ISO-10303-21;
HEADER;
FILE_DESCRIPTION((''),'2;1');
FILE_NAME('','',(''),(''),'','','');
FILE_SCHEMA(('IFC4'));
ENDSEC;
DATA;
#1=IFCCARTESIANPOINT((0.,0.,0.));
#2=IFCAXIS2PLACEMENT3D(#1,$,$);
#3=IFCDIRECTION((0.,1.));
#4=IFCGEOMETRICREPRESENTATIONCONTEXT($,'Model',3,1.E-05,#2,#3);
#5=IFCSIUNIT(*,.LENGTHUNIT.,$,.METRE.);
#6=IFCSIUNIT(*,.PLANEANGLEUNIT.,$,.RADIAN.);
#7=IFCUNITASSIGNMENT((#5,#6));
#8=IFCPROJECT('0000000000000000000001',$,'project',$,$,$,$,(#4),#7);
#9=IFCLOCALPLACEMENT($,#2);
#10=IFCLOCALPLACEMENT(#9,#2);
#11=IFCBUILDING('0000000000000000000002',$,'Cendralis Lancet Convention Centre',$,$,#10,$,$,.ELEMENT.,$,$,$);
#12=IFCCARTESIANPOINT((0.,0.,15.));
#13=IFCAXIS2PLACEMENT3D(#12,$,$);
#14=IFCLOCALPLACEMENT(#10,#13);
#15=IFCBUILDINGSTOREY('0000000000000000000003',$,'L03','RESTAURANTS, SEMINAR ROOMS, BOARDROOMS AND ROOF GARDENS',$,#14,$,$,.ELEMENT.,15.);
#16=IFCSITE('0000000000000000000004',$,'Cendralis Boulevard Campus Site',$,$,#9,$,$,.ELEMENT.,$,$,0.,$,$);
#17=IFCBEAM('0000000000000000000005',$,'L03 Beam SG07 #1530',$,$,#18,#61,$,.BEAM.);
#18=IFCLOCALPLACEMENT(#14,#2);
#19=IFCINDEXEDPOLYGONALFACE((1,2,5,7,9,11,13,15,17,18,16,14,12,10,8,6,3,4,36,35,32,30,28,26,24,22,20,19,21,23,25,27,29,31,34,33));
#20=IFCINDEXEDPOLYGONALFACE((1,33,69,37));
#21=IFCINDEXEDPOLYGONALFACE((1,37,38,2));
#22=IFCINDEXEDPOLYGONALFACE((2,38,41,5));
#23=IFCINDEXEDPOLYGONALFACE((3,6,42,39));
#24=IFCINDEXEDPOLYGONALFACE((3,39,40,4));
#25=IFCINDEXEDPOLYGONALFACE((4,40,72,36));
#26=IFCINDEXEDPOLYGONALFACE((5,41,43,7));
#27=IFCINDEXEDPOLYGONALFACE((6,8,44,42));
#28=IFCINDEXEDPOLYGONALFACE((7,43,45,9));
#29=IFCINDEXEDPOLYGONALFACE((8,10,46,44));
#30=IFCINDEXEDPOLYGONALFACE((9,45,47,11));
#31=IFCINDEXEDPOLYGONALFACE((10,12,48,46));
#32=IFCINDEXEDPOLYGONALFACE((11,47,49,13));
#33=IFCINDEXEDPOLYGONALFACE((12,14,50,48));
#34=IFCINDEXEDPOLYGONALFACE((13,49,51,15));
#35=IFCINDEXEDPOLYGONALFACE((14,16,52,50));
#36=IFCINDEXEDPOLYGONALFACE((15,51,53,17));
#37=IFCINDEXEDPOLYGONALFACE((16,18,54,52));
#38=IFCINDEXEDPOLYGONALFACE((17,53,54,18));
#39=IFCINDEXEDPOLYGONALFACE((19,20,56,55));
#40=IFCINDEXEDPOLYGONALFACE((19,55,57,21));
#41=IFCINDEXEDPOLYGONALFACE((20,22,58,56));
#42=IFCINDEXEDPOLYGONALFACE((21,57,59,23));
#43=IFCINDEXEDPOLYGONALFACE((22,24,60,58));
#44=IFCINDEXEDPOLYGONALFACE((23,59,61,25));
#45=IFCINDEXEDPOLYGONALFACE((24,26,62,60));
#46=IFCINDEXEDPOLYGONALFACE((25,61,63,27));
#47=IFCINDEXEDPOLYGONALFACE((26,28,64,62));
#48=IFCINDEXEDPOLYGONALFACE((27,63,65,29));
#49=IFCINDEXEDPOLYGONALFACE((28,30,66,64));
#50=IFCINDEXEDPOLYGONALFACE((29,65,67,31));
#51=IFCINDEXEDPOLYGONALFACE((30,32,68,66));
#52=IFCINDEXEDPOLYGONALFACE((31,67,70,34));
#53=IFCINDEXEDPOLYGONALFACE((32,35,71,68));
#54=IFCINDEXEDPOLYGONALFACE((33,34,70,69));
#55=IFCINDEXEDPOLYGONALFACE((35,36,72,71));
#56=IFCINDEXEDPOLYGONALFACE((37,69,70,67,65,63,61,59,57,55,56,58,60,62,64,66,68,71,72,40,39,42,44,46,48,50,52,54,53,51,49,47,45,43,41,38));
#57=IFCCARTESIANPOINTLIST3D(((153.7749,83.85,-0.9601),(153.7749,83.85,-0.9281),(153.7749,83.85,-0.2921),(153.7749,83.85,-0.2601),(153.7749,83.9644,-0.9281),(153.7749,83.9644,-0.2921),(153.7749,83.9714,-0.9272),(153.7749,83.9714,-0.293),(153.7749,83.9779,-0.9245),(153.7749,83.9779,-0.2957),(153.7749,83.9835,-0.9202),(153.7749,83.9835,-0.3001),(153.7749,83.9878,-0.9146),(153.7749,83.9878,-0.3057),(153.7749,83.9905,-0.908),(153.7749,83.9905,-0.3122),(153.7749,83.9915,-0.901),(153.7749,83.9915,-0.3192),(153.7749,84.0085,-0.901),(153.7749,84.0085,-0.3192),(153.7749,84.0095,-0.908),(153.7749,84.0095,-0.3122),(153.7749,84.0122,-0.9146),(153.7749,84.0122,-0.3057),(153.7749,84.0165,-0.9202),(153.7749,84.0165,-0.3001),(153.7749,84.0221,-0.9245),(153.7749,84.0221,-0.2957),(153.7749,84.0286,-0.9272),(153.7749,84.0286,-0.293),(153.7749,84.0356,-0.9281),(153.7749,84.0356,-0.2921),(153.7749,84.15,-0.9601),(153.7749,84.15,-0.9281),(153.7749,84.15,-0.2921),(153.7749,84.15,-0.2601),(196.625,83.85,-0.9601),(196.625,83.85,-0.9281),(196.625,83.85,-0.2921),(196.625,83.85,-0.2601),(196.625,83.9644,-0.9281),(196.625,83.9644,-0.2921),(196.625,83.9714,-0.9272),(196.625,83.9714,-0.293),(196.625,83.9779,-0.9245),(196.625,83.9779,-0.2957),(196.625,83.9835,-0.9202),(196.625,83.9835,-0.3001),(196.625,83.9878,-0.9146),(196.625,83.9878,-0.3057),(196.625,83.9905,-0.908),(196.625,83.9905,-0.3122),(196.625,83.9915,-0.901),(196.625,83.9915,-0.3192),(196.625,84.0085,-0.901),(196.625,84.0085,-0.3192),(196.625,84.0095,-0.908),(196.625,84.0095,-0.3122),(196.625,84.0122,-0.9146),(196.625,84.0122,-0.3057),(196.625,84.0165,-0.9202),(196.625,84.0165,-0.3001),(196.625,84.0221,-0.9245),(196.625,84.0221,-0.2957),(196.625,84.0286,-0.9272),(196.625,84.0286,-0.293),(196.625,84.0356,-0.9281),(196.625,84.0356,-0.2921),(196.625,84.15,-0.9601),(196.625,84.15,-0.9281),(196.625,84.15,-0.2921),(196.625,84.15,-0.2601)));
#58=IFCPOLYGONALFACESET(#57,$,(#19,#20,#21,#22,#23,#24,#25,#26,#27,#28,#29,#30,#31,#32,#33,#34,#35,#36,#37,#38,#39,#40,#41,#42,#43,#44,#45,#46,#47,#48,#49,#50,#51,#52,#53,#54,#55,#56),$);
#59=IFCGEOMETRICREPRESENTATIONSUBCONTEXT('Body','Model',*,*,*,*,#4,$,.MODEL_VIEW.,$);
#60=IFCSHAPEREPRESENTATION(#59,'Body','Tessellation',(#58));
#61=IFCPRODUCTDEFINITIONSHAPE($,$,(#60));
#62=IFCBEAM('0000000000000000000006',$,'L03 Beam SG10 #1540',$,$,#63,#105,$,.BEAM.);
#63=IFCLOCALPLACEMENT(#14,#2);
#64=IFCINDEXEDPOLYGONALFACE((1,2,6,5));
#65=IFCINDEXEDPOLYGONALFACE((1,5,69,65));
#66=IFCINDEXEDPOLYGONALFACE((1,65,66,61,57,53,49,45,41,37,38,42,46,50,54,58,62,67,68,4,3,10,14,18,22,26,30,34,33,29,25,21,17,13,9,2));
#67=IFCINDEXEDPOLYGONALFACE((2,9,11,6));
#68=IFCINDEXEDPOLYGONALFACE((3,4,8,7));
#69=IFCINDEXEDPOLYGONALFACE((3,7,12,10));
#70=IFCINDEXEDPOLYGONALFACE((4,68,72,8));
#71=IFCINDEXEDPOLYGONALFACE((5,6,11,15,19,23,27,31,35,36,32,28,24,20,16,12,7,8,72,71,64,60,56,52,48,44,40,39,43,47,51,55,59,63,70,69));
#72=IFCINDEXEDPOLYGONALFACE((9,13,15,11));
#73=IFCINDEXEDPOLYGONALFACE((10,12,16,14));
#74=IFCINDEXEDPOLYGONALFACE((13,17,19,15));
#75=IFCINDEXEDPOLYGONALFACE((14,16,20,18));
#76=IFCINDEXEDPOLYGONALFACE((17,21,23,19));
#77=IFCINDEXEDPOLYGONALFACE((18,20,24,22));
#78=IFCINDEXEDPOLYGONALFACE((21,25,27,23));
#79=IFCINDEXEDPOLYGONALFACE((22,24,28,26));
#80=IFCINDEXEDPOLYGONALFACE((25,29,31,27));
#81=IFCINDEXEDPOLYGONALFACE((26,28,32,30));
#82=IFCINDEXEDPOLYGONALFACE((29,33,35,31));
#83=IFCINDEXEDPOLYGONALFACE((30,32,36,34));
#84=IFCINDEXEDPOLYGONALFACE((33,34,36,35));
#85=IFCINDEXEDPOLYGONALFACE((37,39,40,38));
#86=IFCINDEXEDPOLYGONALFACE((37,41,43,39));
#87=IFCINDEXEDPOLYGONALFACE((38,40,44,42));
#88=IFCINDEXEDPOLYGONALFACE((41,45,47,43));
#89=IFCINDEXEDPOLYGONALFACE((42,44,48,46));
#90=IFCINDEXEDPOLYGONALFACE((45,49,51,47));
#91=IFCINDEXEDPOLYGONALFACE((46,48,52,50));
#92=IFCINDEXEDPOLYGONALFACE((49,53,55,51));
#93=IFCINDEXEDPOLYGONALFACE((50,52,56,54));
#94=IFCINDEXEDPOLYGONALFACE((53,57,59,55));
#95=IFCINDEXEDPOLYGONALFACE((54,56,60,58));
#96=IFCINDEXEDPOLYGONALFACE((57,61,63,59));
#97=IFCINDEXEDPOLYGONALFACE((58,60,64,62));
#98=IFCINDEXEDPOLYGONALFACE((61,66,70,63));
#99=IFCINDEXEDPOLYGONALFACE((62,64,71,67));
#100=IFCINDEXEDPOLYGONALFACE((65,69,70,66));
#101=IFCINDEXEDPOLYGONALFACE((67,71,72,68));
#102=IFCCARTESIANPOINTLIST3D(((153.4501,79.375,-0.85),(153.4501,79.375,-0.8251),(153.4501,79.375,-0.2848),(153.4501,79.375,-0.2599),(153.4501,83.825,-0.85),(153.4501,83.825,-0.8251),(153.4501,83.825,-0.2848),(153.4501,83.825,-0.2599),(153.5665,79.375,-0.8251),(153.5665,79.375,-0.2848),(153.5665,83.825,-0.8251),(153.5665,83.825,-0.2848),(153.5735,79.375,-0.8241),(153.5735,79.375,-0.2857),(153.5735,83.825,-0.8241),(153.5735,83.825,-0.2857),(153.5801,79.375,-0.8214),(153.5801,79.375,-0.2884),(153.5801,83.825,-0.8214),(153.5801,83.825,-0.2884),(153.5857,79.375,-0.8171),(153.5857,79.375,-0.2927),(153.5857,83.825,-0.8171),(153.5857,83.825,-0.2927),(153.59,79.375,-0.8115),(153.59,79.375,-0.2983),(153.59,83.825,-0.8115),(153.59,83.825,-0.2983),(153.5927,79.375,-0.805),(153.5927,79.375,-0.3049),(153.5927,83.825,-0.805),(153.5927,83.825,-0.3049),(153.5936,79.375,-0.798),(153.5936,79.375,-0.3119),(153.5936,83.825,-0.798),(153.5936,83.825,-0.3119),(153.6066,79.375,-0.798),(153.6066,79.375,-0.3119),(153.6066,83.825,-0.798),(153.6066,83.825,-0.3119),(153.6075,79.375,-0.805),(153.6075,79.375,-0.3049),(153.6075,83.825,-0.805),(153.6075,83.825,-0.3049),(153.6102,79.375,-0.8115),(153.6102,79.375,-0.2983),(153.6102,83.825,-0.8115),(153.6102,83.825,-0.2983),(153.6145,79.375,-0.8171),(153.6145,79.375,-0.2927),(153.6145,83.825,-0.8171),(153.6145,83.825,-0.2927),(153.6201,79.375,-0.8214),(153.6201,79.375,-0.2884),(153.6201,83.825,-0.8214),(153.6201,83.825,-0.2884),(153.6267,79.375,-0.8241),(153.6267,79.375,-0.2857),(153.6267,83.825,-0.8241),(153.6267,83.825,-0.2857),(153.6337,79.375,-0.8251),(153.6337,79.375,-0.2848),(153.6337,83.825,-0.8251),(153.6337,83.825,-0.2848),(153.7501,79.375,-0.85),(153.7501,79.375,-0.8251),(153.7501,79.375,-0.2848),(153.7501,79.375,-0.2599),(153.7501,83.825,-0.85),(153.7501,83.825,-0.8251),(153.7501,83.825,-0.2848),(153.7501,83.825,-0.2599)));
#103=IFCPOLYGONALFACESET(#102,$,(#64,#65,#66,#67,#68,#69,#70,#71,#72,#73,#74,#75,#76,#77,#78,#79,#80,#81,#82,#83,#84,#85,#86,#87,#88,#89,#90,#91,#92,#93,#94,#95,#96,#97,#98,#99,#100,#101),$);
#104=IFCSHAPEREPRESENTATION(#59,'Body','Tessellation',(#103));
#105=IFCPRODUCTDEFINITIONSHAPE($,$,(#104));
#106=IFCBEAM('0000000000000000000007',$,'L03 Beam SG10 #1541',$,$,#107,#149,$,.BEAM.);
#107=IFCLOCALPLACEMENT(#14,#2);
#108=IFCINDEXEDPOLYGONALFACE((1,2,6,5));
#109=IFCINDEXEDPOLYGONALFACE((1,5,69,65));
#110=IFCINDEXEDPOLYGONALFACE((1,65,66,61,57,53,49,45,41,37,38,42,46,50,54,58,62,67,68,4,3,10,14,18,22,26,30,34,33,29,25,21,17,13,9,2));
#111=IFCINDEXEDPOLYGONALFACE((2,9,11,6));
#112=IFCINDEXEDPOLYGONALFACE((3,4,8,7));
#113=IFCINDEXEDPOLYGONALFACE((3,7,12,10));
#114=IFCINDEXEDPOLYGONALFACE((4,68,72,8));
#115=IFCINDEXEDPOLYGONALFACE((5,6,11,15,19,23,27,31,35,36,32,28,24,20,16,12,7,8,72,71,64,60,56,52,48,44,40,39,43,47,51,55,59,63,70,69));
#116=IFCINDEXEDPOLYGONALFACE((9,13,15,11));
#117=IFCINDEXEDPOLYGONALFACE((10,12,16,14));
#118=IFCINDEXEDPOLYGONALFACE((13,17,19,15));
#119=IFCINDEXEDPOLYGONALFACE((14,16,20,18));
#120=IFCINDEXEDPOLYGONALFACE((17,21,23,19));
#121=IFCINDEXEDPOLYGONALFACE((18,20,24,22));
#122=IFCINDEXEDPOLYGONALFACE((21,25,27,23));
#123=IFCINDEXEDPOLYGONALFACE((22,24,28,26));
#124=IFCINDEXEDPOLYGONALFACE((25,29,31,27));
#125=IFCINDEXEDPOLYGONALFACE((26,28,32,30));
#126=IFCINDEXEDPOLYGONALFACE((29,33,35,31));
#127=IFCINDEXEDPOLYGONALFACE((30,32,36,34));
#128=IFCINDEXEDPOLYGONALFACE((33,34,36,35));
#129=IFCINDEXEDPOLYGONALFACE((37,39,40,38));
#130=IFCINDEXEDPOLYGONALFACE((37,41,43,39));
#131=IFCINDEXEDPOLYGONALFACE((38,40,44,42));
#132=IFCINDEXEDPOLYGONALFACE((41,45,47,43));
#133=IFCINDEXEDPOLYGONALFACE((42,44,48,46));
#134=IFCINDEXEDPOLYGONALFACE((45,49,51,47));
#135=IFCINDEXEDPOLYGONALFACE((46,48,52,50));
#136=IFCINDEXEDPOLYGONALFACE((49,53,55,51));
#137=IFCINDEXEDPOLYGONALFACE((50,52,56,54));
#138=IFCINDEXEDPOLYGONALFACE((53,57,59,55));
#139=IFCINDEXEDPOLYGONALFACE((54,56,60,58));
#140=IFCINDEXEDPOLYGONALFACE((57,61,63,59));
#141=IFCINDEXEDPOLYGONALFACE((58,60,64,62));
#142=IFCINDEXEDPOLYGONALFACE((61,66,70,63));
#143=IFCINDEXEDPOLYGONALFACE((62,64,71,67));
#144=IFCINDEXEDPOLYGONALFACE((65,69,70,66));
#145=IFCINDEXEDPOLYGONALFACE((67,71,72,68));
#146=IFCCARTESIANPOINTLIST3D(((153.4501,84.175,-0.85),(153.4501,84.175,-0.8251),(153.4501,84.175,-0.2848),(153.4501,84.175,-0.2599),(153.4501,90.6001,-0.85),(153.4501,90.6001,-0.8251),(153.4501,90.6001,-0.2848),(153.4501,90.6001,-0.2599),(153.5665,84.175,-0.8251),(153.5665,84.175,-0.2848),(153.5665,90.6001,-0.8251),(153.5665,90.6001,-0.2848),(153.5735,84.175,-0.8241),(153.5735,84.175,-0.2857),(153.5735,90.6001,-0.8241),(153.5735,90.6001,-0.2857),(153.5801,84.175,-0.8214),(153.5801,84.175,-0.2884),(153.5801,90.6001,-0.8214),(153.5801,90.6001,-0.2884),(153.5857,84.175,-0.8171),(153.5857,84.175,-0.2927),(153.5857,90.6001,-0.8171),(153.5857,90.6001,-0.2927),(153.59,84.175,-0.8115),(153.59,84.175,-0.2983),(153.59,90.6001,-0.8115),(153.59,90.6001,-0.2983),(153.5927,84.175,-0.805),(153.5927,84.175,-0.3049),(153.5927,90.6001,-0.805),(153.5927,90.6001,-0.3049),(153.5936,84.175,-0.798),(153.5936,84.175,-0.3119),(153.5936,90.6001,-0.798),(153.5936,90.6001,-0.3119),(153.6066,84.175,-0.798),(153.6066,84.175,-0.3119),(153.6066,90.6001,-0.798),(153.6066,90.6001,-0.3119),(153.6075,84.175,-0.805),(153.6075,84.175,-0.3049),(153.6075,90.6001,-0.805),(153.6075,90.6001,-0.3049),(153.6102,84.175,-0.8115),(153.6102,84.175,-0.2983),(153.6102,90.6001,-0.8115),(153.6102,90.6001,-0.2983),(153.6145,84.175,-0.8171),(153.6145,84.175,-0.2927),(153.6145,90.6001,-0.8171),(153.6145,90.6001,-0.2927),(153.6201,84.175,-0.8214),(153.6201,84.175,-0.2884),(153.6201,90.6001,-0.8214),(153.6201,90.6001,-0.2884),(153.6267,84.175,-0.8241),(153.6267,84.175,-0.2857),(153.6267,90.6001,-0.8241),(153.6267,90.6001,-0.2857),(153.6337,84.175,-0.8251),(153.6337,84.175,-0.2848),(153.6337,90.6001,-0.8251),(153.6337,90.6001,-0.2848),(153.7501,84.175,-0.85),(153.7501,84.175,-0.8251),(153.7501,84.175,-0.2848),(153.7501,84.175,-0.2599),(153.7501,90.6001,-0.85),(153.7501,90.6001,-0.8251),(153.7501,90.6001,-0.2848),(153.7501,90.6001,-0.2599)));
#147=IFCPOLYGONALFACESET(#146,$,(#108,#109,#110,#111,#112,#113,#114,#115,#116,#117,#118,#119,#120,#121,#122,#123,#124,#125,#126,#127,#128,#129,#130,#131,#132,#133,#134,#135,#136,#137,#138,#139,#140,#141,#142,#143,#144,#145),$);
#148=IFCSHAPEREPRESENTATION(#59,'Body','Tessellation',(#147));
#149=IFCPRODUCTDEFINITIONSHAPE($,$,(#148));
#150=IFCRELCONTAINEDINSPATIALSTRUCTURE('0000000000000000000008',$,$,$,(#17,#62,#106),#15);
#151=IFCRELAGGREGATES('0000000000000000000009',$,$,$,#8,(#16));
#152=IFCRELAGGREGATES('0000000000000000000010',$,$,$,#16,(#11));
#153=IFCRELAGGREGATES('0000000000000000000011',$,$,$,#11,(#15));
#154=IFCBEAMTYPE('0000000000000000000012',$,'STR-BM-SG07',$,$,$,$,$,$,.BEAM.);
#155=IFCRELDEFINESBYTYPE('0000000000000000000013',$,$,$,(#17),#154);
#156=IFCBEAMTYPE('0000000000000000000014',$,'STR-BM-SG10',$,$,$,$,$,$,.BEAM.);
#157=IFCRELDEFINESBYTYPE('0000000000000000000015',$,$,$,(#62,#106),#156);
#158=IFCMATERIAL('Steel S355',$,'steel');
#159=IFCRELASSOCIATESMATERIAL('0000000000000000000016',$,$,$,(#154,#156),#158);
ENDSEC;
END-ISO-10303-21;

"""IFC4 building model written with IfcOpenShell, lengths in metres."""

from ifc_helpers import new_model, si_unit, direction, frame, origin, origin_2d, place, context, subcontext, project, spatial, i_section, extrude, material, material_profile, profile_set, type_object, element, save


model = new_model("IFC4")

# Units and contexts
model_context = context("Model", 3, precision=1e-05, world=origin(), true_north=direction((0.0, 1.0)))
body_context = subcontext(model_context, "Body", "Model", "MODEL_VIEW")
ifc_project = project(units=[si_unit("LENGTHUNIT", "METRE"), si_unit("PLANEANGLEUNIT", "RADIAN")], contexts=[model_context])

# Site, building, storey
site_placement = place(None, origin())
site = spatial("IfcSite", under=ifc_project, at=site_placement, Name="Cendralis Boulevard Campus Site", CompositionType="ELEMENT", RefElevation=0.0)
building_placement = place(site_placement, origin())
building = spatial("IfcBuilding", under=site, at=building_placement, Name="Cendralis Lancet Convention Centre", CompositionType="ELEMENT")
storey_placement = place(building_placement, frame((0.0, 0.0, 15.0)))
storey = spatial("IfcBuildingStorey", under=building, at=storey_placement, Name="L03", Description="RESTAURANTS, SEMINAR ROOMS, BOARDROOMS AND ROOF GARDENS", CompositionType="ELEMENT", Elevation=15.0)

# Beams
ifc_material_1 = material(Name="Steel S355", Category="steel")
ifc_material_profile_1 = material_profile(ifc_material_1, i_section(OverallWidth=0.3, OverallDepth=0.7, WebThickness=0.0171, FlangeThickness=0.032, FilletRadius=0.0271, at=origin_2d()), Name="HEB 700")
ifc_profile_set_1 = profile_set([ifc_material_profile_1], Name="Steel S355")
beam_type_1 = type_object("IfcBeamType", Name="STR-BM-SG07", PredefinedType="BEAM", material=ifc_profile_set_1)
beam_1_placement = place(storey_placement, frame((153.7749, 84.0, -0.6101), z_axis=(1.0, 0.0, 0.0), x_axis=(0.0, 1.0, 0.0)))
element("IfcBeam", 1, at=beam_1_placement, inside=storey, type_object=beam_type_1, Name="L03 Beam SG07 #1530", PredefinedType="BEAM", context=body_context, shape_type="SweptSolid", body=[
    extrude(i_section(OverallWidth=0.3, OverallDepth=0.7, WebThickness=0.0171, FlangeThickness=0.032, FilletRadius=0.0271, at=origin_2d()), origin(), (0.0, 0.0, 1.0), 42.8501),
])
ifc_material_profile_2 = material_profile(ifc_material_1, i_section(OverallWidth=0.3, OverallDepth=0.5901, WebThickness=0.0129, FlangeThickness=0.0249, FilletRadius=0.0271, at=origin_2d()), Name="HEA 600")
ifc_profile_set_2 = profile_set([ifc_material_profile_2], Name="Steel S355")
beam_type_2 = type_object("IfcBeamType", Name="STR-BM-SG10", PredefinedType="BEAM", material=ifc_profile_set_2)
beam_2_placement = place(storey_placement, frame((153.6001, 79.375, -0.5549), z_axis=(0.0, 1.0, 0.0), x_axis=(-1.0, 0.0, 0.0)))
element("IfcBeam", 2, at=beam_2_placement, inside=storey, type_object=beam_type_2, Name="L03 Beam SG10 #1540", PredefinedType="BEAM", context=body_context, shape_type="SweptSolid", body=[
    extrude(i_section(OverallWidth=0.3, OverallDepth=0.5901, WebThickness=0.0129, FlangeThickness=0.0249, FilletRadius=0.0271, at=origin_2d()), origin(), (0.0, 0.0, 1.0), 4.45),
])
beam_3_placement = place(storey_placement, frame((153.6001, 84.175, -0.5549), z_axis=(0.0, 1.0, 0.0), x_axis=(-1.0, 0.0, 0.0)))
element("IfcBeam", 3, at=beam_3_placement, inside=storey, type_object=beam_type_2, Name="L03 Beam SG10 #1541", PredefinedType="BEAM", context=body_context, shape_type="SweptSolid", body=[
    extrude(i_section(OverallWidth=0.3, OverallDepth=0.5901, WebThickness=0.0129, FlangeThickness=0.0249, FilletRadius=0.0271, at=origin_2d()), origin(), (0.0, 0.0, 1.0), 6.425),
])

save(model, "model.ifc")
